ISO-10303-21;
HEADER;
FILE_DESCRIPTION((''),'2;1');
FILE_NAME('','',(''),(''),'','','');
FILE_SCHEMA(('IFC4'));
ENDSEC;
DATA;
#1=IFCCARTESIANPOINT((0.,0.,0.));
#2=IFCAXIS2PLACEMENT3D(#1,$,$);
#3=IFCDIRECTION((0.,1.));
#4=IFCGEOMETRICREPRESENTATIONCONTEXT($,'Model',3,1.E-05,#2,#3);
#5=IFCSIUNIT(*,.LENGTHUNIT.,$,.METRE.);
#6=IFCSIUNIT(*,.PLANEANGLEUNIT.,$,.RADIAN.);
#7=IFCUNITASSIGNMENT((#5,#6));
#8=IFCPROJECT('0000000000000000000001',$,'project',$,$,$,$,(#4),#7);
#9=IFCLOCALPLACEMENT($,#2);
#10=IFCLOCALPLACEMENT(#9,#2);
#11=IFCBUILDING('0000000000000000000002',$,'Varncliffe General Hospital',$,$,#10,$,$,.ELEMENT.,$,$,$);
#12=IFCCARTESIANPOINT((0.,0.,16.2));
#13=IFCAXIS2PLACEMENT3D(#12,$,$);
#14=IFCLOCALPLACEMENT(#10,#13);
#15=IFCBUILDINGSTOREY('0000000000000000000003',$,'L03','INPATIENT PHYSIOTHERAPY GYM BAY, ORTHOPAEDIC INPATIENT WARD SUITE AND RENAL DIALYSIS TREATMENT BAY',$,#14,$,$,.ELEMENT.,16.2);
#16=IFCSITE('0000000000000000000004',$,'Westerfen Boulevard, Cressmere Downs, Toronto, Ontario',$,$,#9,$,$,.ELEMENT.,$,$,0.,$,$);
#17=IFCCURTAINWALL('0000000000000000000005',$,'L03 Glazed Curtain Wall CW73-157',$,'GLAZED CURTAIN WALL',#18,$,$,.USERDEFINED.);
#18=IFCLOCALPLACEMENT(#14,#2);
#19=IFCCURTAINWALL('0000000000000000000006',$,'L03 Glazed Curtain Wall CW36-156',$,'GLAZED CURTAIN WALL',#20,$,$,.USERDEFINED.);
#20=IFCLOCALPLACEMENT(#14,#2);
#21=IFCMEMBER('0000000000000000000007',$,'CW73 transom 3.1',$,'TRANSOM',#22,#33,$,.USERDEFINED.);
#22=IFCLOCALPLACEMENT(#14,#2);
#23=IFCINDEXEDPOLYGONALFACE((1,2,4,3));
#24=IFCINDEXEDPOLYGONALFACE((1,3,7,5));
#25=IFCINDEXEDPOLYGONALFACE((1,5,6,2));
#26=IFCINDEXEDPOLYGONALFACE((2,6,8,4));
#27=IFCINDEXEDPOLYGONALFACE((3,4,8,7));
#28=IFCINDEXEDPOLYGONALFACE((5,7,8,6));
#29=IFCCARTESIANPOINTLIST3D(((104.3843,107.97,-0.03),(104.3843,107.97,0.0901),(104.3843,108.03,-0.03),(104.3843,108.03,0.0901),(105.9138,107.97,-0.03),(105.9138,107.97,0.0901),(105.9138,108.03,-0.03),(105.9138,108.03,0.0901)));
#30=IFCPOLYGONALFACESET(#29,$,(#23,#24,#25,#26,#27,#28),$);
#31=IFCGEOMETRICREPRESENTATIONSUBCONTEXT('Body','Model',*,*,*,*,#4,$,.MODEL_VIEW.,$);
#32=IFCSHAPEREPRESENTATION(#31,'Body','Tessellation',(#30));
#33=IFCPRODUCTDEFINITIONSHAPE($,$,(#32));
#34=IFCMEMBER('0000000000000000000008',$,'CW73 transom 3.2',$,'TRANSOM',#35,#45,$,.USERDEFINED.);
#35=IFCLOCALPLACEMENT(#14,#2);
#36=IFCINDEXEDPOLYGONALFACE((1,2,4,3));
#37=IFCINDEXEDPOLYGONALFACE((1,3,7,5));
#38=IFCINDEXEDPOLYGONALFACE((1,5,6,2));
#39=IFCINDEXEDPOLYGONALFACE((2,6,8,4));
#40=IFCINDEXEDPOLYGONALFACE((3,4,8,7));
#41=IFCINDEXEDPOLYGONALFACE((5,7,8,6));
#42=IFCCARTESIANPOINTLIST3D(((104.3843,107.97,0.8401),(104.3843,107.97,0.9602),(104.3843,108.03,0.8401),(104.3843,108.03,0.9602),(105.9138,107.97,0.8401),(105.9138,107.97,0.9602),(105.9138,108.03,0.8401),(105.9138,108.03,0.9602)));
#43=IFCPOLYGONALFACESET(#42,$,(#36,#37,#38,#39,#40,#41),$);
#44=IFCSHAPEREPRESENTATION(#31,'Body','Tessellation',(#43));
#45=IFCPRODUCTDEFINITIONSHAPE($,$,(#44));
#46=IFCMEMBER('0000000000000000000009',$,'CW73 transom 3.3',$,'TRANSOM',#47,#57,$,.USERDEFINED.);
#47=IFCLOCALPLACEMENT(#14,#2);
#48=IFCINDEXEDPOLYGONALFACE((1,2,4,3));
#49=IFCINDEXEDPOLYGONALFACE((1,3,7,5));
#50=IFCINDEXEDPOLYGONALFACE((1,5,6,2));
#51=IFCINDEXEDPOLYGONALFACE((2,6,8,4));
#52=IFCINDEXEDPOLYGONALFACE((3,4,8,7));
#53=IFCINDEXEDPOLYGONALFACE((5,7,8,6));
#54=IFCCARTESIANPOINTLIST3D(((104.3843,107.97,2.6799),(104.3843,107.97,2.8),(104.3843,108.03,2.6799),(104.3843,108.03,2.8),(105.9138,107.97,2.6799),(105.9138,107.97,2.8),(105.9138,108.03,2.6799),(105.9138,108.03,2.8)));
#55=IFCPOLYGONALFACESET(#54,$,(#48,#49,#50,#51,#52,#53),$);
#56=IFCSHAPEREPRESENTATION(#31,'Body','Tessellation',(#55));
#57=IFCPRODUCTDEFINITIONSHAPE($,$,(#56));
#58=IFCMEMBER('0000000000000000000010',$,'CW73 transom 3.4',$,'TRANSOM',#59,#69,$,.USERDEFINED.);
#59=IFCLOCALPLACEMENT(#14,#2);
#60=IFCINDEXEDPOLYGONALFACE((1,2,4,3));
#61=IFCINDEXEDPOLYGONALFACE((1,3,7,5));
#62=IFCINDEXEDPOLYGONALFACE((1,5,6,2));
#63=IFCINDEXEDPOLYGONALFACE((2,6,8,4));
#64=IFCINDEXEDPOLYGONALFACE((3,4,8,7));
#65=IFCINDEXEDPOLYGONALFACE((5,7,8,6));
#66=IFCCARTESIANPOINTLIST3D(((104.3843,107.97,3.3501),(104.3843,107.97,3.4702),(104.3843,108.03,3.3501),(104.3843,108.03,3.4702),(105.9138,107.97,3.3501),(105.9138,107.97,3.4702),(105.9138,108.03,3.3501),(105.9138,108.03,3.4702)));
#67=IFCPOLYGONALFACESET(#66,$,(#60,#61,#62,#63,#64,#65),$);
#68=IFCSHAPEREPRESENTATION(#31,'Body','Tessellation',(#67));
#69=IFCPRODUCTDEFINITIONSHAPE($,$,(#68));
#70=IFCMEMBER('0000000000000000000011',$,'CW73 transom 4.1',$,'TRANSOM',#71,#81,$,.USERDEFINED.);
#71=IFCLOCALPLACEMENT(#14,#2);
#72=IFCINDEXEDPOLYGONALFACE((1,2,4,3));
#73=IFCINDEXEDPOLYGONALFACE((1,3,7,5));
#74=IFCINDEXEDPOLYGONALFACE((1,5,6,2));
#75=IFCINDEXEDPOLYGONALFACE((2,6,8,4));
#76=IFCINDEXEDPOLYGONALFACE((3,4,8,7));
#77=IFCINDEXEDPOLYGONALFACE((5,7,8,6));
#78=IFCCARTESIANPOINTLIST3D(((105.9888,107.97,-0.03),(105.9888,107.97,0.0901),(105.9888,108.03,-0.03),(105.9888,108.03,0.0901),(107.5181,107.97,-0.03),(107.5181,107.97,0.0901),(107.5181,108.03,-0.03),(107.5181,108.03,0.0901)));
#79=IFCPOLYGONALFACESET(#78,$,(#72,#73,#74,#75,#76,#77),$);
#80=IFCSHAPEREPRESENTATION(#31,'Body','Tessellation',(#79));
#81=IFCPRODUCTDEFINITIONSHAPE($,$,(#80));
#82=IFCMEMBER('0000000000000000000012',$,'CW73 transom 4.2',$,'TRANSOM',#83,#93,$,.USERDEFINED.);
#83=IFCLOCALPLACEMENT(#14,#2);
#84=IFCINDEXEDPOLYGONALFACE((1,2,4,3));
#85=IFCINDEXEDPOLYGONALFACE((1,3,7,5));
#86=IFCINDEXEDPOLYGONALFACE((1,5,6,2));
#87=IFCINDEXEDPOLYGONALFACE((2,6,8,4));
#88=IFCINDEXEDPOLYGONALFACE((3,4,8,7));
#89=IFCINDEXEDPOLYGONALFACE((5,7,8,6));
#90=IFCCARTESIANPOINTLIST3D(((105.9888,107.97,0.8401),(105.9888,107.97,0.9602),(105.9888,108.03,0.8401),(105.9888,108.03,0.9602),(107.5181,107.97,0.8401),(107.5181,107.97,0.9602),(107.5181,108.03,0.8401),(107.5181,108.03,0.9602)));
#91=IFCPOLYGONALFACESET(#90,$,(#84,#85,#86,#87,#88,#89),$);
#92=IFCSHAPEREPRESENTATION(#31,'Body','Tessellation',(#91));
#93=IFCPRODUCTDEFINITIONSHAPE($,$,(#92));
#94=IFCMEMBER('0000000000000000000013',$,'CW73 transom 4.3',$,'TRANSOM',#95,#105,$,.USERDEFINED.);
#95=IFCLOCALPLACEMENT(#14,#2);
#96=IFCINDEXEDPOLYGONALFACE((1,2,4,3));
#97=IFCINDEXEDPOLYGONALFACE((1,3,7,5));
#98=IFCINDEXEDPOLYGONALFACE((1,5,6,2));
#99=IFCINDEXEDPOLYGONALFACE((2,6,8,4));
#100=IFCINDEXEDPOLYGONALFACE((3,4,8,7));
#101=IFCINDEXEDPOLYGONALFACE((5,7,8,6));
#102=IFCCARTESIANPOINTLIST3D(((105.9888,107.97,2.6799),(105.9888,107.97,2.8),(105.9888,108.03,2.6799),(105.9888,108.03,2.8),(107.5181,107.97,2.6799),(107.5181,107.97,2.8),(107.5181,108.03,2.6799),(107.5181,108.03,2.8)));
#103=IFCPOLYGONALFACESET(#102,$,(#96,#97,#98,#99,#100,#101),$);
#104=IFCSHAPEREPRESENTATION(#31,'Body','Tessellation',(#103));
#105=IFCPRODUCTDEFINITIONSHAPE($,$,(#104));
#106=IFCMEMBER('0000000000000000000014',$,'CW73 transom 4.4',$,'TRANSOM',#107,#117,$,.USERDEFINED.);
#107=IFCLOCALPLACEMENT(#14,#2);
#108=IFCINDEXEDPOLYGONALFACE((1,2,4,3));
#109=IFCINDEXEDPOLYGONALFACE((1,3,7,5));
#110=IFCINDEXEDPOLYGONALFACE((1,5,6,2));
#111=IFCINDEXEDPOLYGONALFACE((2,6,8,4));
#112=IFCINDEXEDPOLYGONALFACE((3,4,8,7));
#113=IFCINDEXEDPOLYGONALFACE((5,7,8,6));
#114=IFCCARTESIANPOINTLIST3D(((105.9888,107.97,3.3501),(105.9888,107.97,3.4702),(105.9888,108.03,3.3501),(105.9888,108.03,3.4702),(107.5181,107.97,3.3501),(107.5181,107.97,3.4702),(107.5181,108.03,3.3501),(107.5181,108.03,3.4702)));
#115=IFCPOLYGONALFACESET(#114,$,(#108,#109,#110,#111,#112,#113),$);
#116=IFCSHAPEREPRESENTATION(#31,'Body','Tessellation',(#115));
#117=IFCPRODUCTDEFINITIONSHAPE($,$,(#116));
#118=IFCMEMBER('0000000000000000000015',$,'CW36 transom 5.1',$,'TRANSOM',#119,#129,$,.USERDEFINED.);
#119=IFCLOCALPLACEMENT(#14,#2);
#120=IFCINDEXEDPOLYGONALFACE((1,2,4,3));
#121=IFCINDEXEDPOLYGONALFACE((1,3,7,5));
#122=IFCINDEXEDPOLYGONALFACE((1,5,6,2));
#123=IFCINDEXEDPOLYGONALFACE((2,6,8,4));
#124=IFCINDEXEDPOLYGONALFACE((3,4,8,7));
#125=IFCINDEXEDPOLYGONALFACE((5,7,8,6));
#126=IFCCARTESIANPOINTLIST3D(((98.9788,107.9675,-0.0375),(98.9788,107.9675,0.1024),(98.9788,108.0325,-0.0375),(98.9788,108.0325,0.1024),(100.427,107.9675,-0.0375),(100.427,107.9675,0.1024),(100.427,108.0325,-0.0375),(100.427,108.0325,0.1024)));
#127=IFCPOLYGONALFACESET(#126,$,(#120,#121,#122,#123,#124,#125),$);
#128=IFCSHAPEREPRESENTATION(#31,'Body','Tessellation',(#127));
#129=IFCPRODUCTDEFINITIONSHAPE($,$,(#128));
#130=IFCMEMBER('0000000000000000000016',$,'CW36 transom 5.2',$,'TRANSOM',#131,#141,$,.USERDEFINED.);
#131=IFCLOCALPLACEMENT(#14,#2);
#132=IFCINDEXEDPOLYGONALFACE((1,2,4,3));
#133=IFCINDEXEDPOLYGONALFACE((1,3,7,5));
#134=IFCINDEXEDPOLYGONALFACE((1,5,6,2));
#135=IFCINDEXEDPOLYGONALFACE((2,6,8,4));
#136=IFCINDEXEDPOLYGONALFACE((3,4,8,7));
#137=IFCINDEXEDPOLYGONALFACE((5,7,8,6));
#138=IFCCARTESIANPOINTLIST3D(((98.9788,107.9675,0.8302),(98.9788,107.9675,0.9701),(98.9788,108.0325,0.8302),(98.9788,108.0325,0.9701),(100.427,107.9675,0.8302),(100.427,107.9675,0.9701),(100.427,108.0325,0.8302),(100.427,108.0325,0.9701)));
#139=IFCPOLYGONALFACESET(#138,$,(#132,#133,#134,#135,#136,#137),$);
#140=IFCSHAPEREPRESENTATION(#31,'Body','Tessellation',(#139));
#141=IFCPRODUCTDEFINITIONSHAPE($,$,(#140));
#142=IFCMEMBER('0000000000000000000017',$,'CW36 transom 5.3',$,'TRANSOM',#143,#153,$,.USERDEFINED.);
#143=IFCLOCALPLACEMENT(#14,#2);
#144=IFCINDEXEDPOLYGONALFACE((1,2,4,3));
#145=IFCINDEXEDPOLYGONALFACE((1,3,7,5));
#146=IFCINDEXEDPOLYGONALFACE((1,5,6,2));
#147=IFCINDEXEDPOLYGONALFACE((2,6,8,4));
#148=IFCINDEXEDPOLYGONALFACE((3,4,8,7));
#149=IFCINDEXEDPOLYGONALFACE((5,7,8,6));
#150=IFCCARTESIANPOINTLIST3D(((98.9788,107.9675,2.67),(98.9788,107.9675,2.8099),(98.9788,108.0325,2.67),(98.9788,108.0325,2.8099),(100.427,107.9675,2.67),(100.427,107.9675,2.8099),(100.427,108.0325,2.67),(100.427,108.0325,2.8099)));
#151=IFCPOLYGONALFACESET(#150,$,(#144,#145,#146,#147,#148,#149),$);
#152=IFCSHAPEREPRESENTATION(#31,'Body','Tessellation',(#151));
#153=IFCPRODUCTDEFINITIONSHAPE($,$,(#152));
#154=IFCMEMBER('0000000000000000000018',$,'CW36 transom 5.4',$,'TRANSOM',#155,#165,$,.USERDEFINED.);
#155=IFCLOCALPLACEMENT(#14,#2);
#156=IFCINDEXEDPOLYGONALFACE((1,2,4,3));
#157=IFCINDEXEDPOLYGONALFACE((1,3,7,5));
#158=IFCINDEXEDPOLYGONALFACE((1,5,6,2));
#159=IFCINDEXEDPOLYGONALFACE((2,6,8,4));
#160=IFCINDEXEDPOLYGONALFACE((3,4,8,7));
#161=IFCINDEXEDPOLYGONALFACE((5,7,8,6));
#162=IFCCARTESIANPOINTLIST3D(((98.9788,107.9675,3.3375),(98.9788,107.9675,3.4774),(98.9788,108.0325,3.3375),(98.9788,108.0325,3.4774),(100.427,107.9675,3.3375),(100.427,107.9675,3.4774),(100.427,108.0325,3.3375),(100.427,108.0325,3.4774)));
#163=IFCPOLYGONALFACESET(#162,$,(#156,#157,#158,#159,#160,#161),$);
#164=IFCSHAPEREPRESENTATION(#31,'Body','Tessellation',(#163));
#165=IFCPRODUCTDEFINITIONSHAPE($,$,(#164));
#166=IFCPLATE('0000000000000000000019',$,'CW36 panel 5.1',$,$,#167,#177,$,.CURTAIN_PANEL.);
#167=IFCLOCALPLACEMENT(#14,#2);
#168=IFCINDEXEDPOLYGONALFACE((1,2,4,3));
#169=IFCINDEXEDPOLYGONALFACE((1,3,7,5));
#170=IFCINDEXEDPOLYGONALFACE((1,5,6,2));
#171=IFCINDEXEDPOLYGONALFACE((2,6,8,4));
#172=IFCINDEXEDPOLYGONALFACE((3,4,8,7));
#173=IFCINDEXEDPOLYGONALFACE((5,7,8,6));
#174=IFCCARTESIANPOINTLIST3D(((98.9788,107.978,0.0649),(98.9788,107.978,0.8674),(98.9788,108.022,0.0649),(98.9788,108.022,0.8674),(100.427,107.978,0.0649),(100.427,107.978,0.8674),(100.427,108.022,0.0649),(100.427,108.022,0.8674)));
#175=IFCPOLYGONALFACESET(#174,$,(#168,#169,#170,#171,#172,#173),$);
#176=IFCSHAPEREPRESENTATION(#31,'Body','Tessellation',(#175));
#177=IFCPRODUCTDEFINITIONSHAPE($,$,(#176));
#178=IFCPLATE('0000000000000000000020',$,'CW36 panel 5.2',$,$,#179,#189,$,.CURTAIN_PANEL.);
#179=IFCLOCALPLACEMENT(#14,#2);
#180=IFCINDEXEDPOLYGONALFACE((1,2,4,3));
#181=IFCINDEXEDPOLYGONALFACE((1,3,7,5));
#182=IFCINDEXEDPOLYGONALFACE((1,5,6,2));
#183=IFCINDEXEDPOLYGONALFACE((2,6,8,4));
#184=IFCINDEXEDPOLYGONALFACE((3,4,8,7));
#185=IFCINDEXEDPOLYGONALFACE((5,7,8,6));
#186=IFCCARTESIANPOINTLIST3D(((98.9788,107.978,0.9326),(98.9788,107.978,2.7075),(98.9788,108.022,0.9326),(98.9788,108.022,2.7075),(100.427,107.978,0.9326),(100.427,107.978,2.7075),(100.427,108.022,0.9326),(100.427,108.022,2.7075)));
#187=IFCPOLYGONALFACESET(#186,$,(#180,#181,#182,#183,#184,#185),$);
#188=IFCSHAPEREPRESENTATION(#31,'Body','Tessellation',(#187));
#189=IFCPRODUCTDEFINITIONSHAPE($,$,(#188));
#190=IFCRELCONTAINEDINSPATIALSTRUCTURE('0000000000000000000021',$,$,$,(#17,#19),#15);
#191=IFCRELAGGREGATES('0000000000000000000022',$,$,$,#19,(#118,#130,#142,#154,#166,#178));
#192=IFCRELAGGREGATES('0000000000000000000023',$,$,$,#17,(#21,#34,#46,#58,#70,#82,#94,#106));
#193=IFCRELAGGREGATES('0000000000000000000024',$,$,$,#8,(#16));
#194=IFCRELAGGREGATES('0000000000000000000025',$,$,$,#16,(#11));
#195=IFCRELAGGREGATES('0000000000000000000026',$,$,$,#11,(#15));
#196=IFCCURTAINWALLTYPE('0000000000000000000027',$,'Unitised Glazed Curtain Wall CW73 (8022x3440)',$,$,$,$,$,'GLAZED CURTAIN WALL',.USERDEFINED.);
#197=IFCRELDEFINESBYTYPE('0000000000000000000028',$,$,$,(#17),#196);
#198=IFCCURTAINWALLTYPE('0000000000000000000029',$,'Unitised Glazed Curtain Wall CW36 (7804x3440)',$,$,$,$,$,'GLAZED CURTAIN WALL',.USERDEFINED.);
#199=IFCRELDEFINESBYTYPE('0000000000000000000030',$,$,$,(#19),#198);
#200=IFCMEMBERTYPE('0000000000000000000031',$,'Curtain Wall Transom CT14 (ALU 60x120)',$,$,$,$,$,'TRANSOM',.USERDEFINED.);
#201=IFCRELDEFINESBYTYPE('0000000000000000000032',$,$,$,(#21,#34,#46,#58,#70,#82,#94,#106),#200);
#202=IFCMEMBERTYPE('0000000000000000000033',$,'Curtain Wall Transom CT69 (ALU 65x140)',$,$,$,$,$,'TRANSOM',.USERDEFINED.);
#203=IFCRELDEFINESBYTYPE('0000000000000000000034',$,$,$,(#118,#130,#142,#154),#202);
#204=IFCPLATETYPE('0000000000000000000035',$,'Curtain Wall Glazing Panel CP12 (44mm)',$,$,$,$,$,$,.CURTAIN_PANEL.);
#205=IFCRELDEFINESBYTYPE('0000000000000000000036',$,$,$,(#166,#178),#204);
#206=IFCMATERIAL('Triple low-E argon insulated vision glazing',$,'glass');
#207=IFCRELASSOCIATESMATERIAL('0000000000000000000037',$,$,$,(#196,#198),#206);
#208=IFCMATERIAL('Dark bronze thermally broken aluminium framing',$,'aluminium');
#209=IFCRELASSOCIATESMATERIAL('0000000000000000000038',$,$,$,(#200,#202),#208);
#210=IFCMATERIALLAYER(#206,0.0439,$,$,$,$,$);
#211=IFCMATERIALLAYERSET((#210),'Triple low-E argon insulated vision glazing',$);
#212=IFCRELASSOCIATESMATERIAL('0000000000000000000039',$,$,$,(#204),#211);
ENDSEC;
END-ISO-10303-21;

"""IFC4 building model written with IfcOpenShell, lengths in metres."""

from ifc_helpers import new_model, si_unit, direction, frame, origin, origin_2d, place, context, subcontext, project, spatial, rectangle, extrude, material, layer, layer_set, material_profile, profile_set, type_object, element, aggregate, save


model = new_model("IFC4")

# Units and contexts
model_context = context("Model", 3, precision=1e-05, world=origin(), true_north=direction((0.0, 1.0)))
body_context = subcontext(model_context, "Body", "Model", "MODEL_VIEW")
ifc_project = project(units=[si_unit("LENGTHUNIT", "METRE"), si_unit("PLANEANGLEUNIT", "RADIAN")], contexts=[model_context])

# Site, building, storey
site_placement = place(None, origin())
site = spatial("IfcSite", under=ifc_project, at=site_placement, Name="Westerfen Boulevard, Cressmere Downs, Toronto, Ontario", CompositionType="ELEMENT", RefElevation=0.0)
building_placement = place(site_placement, origin())
building = spatial("IfcBuilding", under=site, at=building_placement, Name="Varncliffe General Hospital", CompositionType="ELEMENT")
storey_placement = place(building_placement, frame((0.0, 0.0, 16.2)))
storey = spatial("IfcBuildingStorey", under=building, at=storey_placement, Name="L03", Description="INPATIENT PHYSIOTHERAPY GYM BAY, ORTHOPAEDIC INPATIENT WARD SUITE AND RENAL DIALYSIS TREATMENT BAY", CompositionType="ELEMENT", Elevation=16.2)

# Curtain wall
ifc_material_1 = material(Name="Triple low-E argon insulated vision glazing", Category="glass")
curtain_wall_type_1 = type_object("IfcCurtainWallType", Name="Unitised Glazed Curtain Wall CW73 (8022x3440)", ElementType="GLAZED CURTAIN WALL", PredefinedType="USERDEFINED", material=ifc_material_1)
curtain_wall_1_placement = place(storey_placement, origin())
curtain_wall_1 = element("IfcCurtainWall", 1, at=curtain_wall_1_placement, inside=storey, type_object=curtain_wall_type_1, Name="L03 Glazed Curtain Wall CW73-157", ObjectType="GLAZED CURTAIN WALL", PredefinedType="USERDEFINED")
ifc_material_2 = material(Name="Dark bronze thermally broken aluminium framing", Category="aluminium")

# Curtain wall
curtain_wall_type_2 = type_object("IfcCurtainWallType", Name="Unitised Glazed Curtain Wall CW36 (7804x3440)", ElementType="GLAZED CURTAIN WALL", PredefinedType="USERDEFINED", material=ifc_material_1)
curtain_wall_2_placement = place(storey_placement, origin())
curtain_wall_2 = element("IfcCurtainWall", 2, at=curtain_wall_2_placement, inside=storey, type_object=curtain_wall_type_2, Name="L03 Glazed Curtain Wall CW36-156", ObjectType="GLAZED CURTAIN WALL", PredefinedType="USERDEFINED")

# Members
ifc_material_profile_1 = material_profile(ifc_material_2, rectangle(XDim=0.0601, YDim=0.1201, at=origin_2d()), Name="ALU 60x120")
ifc_profile_set_1 = profile_set([ifc_material_profile_1], Name="Dark bronze thermally broken aluminium framing")
member_type_1 = type_object("IfcMemberType", Name="Curtain Wall Transom CT14 (ALU 60x120)", ElementType="TRANSOM", PredefinedType="USERDEFINED", material=ifc_profile_set_1)
member_1_placement = place(storey_placement, frame((104.3843, 108.0, 0.03), z_axis=(1.0, 0.0, 0.0), x_axis=(0.0, 1.0, 0.0)))
member_1 = element("IfcMember", 3, at=member_1_placement, type_object=member_type_1, Name="CW73 transom 3.1", ObjectType="TRANSOM", PredefinedType="USERDEFINED", context=body_context, shape_type="SweptSolid", body=[
    extrude(rectangle(XDim=0.0601, YDim=0.1201, at=origin_2d()), origin(), (0.0, 0.0, 1.0), 1.5295),
])
member_2_placement = place(storey_placement, frame((104.3843, 108.0, 0.9001), z_axis=(1.0, 0.0, 0.0), x_axis=(0.0, 1.0, 0.0)))
member_2 = element("IfcMember", 4, at=member_2_placement, type_object=member_type_1, Name="CW73 transom 3.2", ObjectType="TRANSOM", PredefinedType="USERDEFINED", context=body_context, shape_type="SweptSolid", body=[
    extrude(rectangle(XDim=0.0601, YDim=0.1201, at=origin_2d()), origin(), (0.0, 0.0, 1.0), 1.5295),
])
member_3_placement = place(storey_placement, frame((104.3843, 108.0, 2.74), z_axis=(1.0, 0.0, 0.0), x_axis=(0.0, 1.0, 0.0)))
member_3 = element("IfcMember", 5, at=member_3_placement, type_object=member_type_1, Name="CW73 transom 3.3", ObjectType="TRANSOM", PredefinedType="USERDEFINED", context=body_context, shape_type="SweptSolid", body=[
    extrude(rectangle(XDim=0.0601, YDim=0.1201, at=origin_2d()), origin(), (0.0, 0.0, 1.0), 1.5295),
])
member_4_placement = place(storey_placement, frame((104.3843, 108.0, 3.4102), z_axis=(1.0, 0.0, 0.0), x_axis=(0.0, 1.0, 0.0)))
member_4 = element("IfcMember", 6, at=member_4_placement, type_object=member_type_1, Name="CW73 transom 3.4", ObjectType="TRANSOM", PredefinedType="USERDEFINED", context=body_context, shape_type="SweptSolid", body=[
    extrude(rectangle(XDim=0.0601, YDim=0.1201, at=origin_2d()), origin(), (0.0, 0.0, 1.0), 1.5295),
])
member_5_placement = place(storey_placement, frame((105.9888, 108.0, 0.03), z_axis=(1.0, 0.0, 0.0), x_axis=(0.0, 1.0, 0.0)))
member_5 = element("IfcMember", 7, at=member_5_placement, type_object=member_type_1, Name="CW73 transom 4.1", ObjectType="TRANSOM", PredefinedType="USERDEFINED", context=body_context, shape_type="SweptSolid", body=[
    extrude(rectangle(XDim=0.0601, YDim=0.1201, at=origin_2d()), origin(), (0.0, 0.0, 1.0), 1.5293),
])
member_6_placement = place(storey_placement, frame((105.9888, 108.0, 0.9001), z_axis=(1.0, 0.0, 0.0), x_axis=(0.0, 1.0, 0.0)))
member_6 = element("IfcMember", 8, at=member_6_placement, type_object=member_type_1, Name="CW73 transom 4.2", ObjectType="TRANSOM", PredefinedType="USERDEFINED", context=body_context, shape_type="SweptSolid", body=[
    extrude(rectangle(XDim=0.0601, YDim=0.1201, at=origin_2d()), origin(), (0.0, 0.0, 1.0), 1.5293),
])
member_7_placement = place(storey_placement, frame((105.9888, 108.0, 2.74), z_axis=(1.0, 0.0, 0.0), x_axis=(0.0, 1.0, 0.0)))
member_7 = element("IfcMember", 9, at=member_7_placement, type_object=member_type_1, Name="CW73 transom 4.3", ObjectType="TRANSOM", PredefinedType="USERDEFINED", context=body_context, shape_type="SweptSolid", body=[
    extrude(rectangle(XDim=0.0601, YDim=0.1201, at=origin_2d()), origin(), (0.0, 0.0, 1.0), 1.5293),
])
member_8_placement = place(storey_placement, frame((105.9888, 108.0, 3.4102), z_axis=(1.0, 0.0, 0.0), x_axis=(0.0, 1.0, 0.0)))
member_8 = element("IfcMember", 10, at=member_8_placement, type_object=member_type_1, Name="CW73 transom 4.4", ObjectType="TRANSOM", PredefinedType="USERDEFINED", context=body_context, shape_type="SweptSolid", body=[
    extrude(rectangle(XDim=0.0601, YDim=0.1201, at=origin_2d()), origin(), (0.0, 0.0, 1.0), 1.5293),
])
ifc_material_profile_2 = material_profile(ifc_material_2, rectangle(XDim=0.0649, YDim=0.1399, at=origin_2d()), Name="ALU 65x140")
ifc_profile_set_2 = profile_set([ifc_material_profile_2], Name="Dark bronze thermally broken aluminium framing")
member_type_2 = type_object("IfcMemberType", Name="Curtain Wall Transom CT69 (ALU 65x140)", ElementType="TRANSOM", PredefinedType="USERDEFINED", material=ifc_profile_set_2)
member_9_placement = place(storey_placement, frame((98.9788, 108.0, 0.0325), z_axis=(1.0, 0.0, 0.0), x_axis=(0.0, 1.0, 0.0)))
member_9 = element("IfcMember", 11, at=member_9_placement, type_object=member_type_2, Name="CW36 transom 5.1", ObjectType="TRANSOM", PredefinedType="USERDEFINED", context=body_context, shape_type="SweptSolid", body=[
    extrude(rectangle(XDim=0.0649, YDim=0.1399, at=origin_2d()), origin(), (0.0, 0.0, 1.0), 1.4482),
])
member_10_placement = place(storey_placement, frame((98.9788, 108.0, 0.9001), z_axis=(1.0, 0.0, 0.0), x_axis=(0.0, 1.0, 0.0)))
member_10 = element("IfcMember", 12, at=member_10_placement, type_object=member_type_2, Name="CW36 transom 5.2", ObjectType="TRANSOM", PredefinedType="USERDEFINED", context=body_context, shape_type="SweptSolid", body=[
    extrude(rectangle(XDim=0.0649, YDim=0.1399, at=origin_2d()), origin(), (0.0, 0.0, 1.0), 1.4482),
])
member_11_placement = place(storey_placement, frame((98.9788, 108.0, 2.74), z_axis=(1.0, 0.0, 0.0), x_axis=(0.0, 1.0, 0.0)))
member_11 = element("IfcMember", 13, at=member_11_placement, type_object=member_type_2, Name="CW36 transom 5.3", ObjectType="TRANSOM", PredefinedType="USERDEFINED", context=body_context, shape_type="SweptSolid", body=[
    extrude(rectangle(XDim=0.0649, YDim=0.1399, at=origin_2d()), origin(), (0.0, 0.0, 1.0), 1.4482),
])
member_12_placement = place(storey_placement, frame((98.9788, 108.0, 3.4075), z_axis=(1.0, 0.0, 0.0), x_axis=(0.0, 1.0, 0.0)))
member_12 = element("IfcMember", 14, at=member_12_placement, type_object=member_type_2, Name="CW36 transom 5.4", ObjectType="TRANSOM", PredefinedType="USERDEFINED", context=body_context, shape_type="SweptSolid", body=[
    extrude(rectangle(XDim=0.0649, YDim=0.1399, at=origin_2d()), origin(), (0.0, 0.0, 1.0), 1.4482),
])

# Plates
ifc_layer_1 = layer(ifc_material_1, 0.0439)
ifc_layer_set_1 = layer_set([ifc_layer_1], Name="Triple low-E argon insulated vision glazing")
plate_type_1 = type_object("IfcPlateType", Name="Curtain Wall Glazing Panel CP12 (44mm)", PredefinedType="CURTAIN_PANEL", material=ifc_layer_set_1)
plate_1_placement = place(storey_placement, frame((99.7029, 108.0, 0.0649), z_axis=(0.0, 0.0, 1.0), x_axis=(1.0, 0.0, 0.0)))
plate_1 = element("IfcPlate", 15, at=plate_1_placement, type_object=plate_type_1, Name="CW36 panel 5.1", PredefinedType="CURTAIN_PANEL", context=body_context, shape_type="SweptSolid", body=[
    extrude(rectangle(XDim=1.4482, YDim=0.0439, at=origin_2d()), origin(), (0.0, 0.0, 1.0), 0.8025),
])
plate_2_placement = place(storey_placement, frame((99.7029, 108.0, 0.9326), z_axis=(0.0, 0.0, 1.0), x_axis=(1.0, 0.0, 0.0)))
plate_2 = element("IfcPlate", 16, at=plate_2_placement, type_object=plate_type_1, Name="CW36 panel 5.2", PredefinedType="CURTAIN_PANEL", context=body_context, shape_type="SweptSolid", body=[
    extrude(rectangle(XDim=1.4482, YDim=0.0439, at=origin_2d()), origin(), (0.0, 0.0, 1.0), 1.7749),
])
aggregate(curtain_wall_2, [member_9, member_10, member_11, member_12, plate_1, plate_2])
aggregate(curtain_wall_1, [member_1, member_2, member_3, member_4, member_5, member_6, member_7, member_8])

save(model, "model.ifc")
